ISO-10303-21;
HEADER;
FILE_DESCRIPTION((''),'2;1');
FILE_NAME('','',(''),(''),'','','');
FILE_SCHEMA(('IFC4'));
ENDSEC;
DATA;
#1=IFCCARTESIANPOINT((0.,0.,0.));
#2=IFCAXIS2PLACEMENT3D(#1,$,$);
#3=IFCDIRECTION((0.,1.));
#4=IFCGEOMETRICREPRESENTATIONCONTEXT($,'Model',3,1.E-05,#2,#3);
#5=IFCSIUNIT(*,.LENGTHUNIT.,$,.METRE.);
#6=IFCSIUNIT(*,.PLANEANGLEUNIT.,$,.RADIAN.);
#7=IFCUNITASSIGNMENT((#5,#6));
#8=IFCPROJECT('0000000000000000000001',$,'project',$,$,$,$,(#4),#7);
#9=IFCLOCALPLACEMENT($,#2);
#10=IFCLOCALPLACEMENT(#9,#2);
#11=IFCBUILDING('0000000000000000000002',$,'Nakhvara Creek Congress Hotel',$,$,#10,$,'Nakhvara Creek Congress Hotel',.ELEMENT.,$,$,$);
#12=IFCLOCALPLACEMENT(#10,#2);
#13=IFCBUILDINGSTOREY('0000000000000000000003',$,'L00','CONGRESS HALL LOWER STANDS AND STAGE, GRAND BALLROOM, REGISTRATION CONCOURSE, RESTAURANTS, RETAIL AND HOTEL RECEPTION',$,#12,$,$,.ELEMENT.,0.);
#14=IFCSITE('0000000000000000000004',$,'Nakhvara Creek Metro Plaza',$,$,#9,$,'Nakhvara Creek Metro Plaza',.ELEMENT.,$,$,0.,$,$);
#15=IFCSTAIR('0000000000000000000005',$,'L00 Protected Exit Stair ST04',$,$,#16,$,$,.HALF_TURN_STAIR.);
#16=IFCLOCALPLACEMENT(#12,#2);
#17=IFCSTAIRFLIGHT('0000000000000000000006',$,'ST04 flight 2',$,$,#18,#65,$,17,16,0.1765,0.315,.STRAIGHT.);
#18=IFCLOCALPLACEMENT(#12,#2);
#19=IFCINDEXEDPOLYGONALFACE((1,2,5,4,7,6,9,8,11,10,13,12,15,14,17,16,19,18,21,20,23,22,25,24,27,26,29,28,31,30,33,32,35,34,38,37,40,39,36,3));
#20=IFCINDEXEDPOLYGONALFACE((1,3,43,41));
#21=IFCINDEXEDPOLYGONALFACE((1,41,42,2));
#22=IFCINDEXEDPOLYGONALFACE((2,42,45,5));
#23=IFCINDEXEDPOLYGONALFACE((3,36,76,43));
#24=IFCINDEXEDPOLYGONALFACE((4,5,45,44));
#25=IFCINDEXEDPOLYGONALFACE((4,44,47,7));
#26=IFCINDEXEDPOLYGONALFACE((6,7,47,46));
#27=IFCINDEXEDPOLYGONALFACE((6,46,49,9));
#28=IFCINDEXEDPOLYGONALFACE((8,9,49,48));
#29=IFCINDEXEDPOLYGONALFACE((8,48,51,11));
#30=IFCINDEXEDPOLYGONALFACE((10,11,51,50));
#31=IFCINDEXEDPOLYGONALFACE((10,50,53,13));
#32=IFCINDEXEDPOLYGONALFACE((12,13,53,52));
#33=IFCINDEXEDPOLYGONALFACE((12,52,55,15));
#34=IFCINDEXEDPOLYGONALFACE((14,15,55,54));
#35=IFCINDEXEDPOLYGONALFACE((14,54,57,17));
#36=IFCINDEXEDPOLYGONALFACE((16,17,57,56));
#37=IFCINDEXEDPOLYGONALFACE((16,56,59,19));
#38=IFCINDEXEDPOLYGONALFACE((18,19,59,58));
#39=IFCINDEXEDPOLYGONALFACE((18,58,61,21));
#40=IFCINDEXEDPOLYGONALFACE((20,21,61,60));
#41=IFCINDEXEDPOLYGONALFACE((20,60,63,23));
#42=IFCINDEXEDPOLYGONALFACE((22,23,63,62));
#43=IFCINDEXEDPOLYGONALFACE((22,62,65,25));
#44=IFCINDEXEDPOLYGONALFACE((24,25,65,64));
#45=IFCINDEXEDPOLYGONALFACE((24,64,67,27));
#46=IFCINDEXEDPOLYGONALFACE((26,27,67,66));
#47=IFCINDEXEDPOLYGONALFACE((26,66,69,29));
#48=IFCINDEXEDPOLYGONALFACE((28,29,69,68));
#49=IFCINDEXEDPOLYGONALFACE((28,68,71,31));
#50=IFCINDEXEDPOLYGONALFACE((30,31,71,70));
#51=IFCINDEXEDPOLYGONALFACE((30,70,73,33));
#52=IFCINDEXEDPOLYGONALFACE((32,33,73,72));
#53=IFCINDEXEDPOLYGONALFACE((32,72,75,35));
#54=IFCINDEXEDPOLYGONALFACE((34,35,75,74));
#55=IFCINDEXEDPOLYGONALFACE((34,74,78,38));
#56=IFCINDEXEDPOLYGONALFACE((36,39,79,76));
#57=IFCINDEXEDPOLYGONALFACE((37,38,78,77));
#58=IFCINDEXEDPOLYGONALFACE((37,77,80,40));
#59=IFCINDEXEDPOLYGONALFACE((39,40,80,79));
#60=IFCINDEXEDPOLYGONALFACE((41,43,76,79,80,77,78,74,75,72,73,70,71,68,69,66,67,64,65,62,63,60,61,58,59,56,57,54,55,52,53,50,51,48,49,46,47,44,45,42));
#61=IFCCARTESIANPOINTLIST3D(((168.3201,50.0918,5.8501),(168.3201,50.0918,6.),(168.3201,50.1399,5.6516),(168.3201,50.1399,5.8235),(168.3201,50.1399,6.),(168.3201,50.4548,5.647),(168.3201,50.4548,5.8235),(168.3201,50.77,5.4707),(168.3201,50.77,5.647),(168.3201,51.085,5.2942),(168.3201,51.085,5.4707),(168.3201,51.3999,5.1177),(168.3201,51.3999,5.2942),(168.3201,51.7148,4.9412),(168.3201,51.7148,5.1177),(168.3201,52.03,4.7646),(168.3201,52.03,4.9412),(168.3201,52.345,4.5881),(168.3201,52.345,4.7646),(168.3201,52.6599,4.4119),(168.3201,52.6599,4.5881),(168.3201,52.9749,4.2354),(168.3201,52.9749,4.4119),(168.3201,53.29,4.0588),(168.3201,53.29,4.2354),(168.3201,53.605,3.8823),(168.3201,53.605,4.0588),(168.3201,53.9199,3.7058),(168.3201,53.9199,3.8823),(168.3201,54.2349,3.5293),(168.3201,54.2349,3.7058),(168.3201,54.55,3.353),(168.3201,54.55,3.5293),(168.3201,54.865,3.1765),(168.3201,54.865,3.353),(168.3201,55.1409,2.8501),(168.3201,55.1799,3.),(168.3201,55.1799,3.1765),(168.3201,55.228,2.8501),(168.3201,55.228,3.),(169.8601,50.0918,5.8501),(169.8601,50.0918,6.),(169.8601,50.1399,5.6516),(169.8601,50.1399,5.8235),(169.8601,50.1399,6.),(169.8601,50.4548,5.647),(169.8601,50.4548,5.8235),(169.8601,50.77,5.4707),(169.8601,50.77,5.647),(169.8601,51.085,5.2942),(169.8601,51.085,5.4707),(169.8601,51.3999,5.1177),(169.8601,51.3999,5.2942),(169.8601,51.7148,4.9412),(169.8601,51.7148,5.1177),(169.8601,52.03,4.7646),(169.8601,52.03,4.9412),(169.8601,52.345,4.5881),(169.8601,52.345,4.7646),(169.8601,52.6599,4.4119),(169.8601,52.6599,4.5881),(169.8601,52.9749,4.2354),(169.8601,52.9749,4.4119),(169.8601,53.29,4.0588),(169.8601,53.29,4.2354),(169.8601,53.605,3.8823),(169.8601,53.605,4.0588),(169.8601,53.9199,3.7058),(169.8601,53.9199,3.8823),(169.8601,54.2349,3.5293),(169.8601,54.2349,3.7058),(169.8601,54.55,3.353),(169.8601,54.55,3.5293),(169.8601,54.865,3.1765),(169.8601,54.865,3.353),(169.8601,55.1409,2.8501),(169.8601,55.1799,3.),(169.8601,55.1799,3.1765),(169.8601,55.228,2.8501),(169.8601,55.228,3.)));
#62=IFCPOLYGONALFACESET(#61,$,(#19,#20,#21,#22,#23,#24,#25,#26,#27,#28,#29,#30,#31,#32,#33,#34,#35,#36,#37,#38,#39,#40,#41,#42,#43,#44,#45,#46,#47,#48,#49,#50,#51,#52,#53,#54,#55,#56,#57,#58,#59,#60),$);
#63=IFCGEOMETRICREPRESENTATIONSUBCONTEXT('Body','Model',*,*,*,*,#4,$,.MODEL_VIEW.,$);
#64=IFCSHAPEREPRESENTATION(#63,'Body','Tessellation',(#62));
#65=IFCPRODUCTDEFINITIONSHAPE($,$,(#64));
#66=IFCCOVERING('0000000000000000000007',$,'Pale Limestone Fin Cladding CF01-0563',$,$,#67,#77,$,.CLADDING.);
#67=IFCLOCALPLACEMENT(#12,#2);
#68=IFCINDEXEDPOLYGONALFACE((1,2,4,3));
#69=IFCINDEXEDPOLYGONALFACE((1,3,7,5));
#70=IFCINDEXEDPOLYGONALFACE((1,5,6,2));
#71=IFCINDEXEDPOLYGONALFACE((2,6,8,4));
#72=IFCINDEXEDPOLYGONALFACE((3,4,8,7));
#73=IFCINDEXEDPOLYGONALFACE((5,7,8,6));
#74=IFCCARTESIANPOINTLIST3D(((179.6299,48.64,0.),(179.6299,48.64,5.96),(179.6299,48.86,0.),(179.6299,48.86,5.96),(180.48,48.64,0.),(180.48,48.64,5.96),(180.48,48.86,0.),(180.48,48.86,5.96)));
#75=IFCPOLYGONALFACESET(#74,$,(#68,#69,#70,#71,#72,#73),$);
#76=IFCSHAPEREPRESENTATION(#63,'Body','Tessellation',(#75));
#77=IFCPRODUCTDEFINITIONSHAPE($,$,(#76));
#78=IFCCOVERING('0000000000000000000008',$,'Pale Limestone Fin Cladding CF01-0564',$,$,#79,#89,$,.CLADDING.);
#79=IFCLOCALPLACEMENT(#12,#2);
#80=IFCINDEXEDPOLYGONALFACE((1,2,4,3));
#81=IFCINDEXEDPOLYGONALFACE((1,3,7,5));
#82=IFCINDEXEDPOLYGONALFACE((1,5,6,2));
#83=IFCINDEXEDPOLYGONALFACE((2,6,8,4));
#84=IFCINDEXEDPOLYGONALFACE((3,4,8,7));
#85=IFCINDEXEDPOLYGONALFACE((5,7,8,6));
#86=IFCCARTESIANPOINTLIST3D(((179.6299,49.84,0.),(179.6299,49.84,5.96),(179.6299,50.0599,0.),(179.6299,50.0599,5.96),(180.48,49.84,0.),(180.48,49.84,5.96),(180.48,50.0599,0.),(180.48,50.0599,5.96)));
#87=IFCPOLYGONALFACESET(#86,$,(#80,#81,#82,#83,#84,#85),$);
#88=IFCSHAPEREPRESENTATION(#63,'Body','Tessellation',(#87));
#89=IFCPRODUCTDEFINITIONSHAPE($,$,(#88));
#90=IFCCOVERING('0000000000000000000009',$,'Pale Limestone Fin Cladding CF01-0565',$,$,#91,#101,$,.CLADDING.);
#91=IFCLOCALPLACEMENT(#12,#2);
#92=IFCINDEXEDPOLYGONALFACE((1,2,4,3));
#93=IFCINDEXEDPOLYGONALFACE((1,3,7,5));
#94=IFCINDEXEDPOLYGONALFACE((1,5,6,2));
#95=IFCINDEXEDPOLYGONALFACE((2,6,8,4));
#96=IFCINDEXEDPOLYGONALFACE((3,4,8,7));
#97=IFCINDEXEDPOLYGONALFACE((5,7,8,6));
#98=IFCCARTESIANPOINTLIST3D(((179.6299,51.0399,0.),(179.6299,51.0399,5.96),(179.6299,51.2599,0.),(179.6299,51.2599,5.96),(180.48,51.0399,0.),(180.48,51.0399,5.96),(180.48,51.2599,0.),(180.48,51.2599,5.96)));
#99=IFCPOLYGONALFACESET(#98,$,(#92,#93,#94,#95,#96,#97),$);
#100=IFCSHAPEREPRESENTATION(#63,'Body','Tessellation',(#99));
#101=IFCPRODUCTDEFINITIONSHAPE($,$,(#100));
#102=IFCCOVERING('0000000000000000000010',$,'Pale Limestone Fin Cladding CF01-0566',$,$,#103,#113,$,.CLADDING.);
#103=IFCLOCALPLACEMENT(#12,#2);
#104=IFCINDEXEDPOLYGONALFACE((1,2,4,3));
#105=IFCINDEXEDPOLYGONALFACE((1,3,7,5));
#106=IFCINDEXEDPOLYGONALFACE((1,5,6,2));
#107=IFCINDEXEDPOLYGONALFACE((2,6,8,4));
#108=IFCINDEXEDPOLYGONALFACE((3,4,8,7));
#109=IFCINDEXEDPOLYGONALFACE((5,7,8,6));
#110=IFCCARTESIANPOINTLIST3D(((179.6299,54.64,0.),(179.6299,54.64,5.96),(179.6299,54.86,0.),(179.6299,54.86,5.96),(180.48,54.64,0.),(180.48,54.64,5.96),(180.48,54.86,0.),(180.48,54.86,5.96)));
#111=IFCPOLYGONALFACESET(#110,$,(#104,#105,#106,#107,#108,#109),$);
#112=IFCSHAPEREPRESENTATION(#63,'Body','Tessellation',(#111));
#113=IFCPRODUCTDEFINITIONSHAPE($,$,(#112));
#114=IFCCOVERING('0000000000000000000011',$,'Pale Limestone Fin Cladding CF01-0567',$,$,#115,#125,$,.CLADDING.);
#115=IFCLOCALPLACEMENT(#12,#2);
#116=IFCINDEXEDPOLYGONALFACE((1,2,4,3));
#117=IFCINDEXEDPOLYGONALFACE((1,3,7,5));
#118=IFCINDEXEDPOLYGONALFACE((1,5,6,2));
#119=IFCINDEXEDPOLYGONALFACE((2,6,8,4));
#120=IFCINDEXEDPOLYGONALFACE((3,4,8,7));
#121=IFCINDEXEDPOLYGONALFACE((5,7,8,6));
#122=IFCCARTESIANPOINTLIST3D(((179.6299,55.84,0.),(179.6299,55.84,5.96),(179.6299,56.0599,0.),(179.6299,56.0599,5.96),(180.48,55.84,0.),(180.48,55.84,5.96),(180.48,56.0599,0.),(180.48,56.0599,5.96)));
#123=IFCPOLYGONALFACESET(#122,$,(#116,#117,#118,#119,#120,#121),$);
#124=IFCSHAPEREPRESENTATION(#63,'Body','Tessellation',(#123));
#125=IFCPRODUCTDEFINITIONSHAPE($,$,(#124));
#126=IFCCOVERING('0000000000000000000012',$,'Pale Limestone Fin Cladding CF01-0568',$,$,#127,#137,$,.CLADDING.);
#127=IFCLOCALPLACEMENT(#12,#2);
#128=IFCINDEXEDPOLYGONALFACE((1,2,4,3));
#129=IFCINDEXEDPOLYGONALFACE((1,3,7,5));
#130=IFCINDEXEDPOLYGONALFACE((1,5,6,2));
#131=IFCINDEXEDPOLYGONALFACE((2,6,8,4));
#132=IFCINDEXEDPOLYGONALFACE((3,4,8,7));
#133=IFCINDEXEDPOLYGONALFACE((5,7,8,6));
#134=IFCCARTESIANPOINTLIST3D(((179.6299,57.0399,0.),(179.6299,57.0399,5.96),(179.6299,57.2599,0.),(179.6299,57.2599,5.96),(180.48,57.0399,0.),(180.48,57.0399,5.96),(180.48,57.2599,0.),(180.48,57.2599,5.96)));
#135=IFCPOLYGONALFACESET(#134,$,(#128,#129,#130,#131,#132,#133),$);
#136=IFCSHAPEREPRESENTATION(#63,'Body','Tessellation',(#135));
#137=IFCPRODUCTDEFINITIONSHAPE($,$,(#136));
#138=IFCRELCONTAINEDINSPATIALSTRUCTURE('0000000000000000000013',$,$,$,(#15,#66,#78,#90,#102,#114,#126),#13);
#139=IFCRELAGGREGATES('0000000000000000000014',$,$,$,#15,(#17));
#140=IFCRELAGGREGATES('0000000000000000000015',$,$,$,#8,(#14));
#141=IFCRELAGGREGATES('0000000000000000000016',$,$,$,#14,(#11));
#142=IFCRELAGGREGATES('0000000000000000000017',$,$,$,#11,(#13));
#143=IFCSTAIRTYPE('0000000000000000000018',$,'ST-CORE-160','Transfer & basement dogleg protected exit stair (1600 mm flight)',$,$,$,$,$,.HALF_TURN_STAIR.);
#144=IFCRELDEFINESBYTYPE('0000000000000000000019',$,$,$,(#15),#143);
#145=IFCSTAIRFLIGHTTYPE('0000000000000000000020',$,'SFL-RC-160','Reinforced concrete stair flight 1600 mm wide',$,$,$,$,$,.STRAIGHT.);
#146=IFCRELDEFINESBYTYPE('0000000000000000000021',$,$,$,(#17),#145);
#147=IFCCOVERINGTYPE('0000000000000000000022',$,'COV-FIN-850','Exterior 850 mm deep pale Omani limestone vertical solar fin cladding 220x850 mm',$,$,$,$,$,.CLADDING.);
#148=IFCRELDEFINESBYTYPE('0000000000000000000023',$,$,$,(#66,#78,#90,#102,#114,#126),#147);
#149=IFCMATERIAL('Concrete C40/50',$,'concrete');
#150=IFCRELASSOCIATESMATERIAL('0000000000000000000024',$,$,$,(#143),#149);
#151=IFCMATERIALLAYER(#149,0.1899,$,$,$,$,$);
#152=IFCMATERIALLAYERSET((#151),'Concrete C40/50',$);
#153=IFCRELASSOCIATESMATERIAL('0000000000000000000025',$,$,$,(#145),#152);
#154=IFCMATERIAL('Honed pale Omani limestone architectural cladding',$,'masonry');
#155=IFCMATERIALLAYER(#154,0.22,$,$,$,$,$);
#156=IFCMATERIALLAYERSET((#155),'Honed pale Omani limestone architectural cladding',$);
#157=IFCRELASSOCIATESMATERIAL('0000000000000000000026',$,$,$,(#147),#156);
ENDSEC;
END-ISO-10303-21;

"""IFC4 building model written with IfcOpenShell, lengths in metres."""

from ifc_helpers import new_model, si_unit, direction, frame, origin, origin_2d, place, context, subcontext, project, spatial, polyline, rectangle, outline, extrude, material, layer, layer_set, type_object, element, aggregate, save


model = new_model("IFC4")

# Units and contexts
model_context = context("Model", 3, precision=1e-05, world=origin(), true_north=direction((0.0, 1.0)))
body_context = subcontext(model_context, "Body", "Model", "MODEL_VIEW")
ifc_project = project(units=[si_unit("LENGTHUNIT", "METRE"), si_unit("PLANEANGLEUNIT", "RADIAN")], contexts=[model_context])

# Site, building, storey
site_placement = place(None, origin())
site = spatial("IfcSite", under=ifc_project, at=site_placement, Name="Nakhvara Creek Metro Plaza", LongName="Nakhvara Creek Metro Plaza", CompositionType="ELEMENT", RefElevation=0.0)
building_placement = place(site_placement, origin())
building = spatial("IfcBuilding", under=site, at=building_placement, Name="Nakhvara Creek Congress Hotel", LongName="Nakhvara Creek Congress Hotel", CompositionType="ELEMENT")
storey_placement = place(building_placement, origin())
storey = spatial("IfcBuildingStorey", under=building, at=storey_placement, Name="L00", Description="CONGRESS HALL LOWER STANDS AND STAGE, GRAND BALLROOM, REGISTRATION CONCOURSE, RESTAURANTS, RETAIL AND HOTEL RECEPTION", CompositionType="ELEMENT", Elevation=0.0)

# Shared definitions
ifc_material_1 = material(Name="Concrete C40/50", Category="concrete")

# Stair, stair flight
stair_type = type_object("IfcStairType", Name="ST-CORE-160", Description="Transfer & basement dogleg protected exit stair (1600 mm flight)", PredefinedType="HALF_TURN_STAIR", material=ifc_material_1)
stair_placement = place(storey_placement, origin())
stair = element("IfcStair", 1, at=stair_placement, inside=storey, type_object=stair_type, Name="L00 Protected Exit Stair ST04", PredefinedType="HALF_TURN_STAIR")
ifc_layer_1 = layer(ifc_material_1, 0.1899)
ifc_layer_set_1 = layer_set([ifc_layer_1], Name="Concrete C40/50")
stair_flight_type = type_object("IfcStairFlightType", Name="SFL-RC-160", Description="Reinforced concrete stair flight 1600 mm wide", PredefinedType="STRAIGHT", material=ifc_layer_set_1)
stair_flight_1_placement = place(storey_placement, frame((169.0901, 55.1799, 3.0), z_axis=(0.0, 0.0, 1.0), x_axis=(0.0, -1.0, 0.0)))
stair_flight_1 = element("IfcStairFlight", 2, at=stair_flight_1_placement, type_object=stair_flight_type, Name="ST04 flight 2", NumberOfRisers=17, NumberOfTreads=16, PredefinedType="STRAIGHT", RiserHeight=0.1765, TreadLength=0.315, context=body_context, shape_type="SweptSolid", body=[
    extrude(outline(polyline([(-0.0481, 0.0), (0.0, 0.0), (0.0, 0.1765), (0.3149, 0.1765), (0.3149, 0.353), (0.6299, 0.353), (0.6299, 0.5293), (0.9451, 0.5293), (0.9451, 0.7058), (1.26, 0.7058), (1.26, 0.8823), (1.575, 0.8823), (1.575, 1.0588), (1.8899, 1.0588), (1.8899, 1.2354), (2.2051, 1.2354), (2.2051, 1.4119), (2.52, 1.4119), (2.52, 1.5881), (2.835, 1.5881), (2.835, 1.7646), (3.1499, 1.7646), (3.1499, 1.9412), (3.4651, 1.9412), (3.4651, 2.1177), (3.78, 2.1177), (3.78, 2.2942), (4.095, 2.2942), (4.095, 2.4707), (4.4099, 2.4707), (4.4099, 2.647), (4.7251, 2.647), (4.7251, 2.8235), (5.04, 2.8235), (5.04, 3.0), (5.0881, 3.0), (5.0881, 2.8501), (5.04, 2.6516), (0.0391, -0.1499), (-0.0481, -0.1499), (-0.0481, 0.0)])), frame((0.0, 0.77, 0.0), z_axis=(0.0, -1.0, 0.0), x_axis=(1.0, 0.0, 0.0)), (0.0, 0.0, 1.0), 1.54),
])
aggregate(stair, [stair_flight_1])

# Coverings
ifc_material_2 = material(Name="Honed pale Omani limestone architectural cladding", Category="masonry")
ifc_layer_2 = layer(ifc_material_2, 0.22)
ifc_layer_set_2 = layer_set([ifc_layer_2], Name="Honed pale Omani limestone architectural cladding")
covering_type = type_object("IfcCoveringType", Name="COV-FIN-850", Description="Exterior 850 mm deep pale Omani limestone vertical solar fin cladding 220x850 mm", PredefinedType="CLADDING", material=ifc_layer_set_2)
for number, where, z_axis, x_axis, name in (
    (3, (180.0549, 48.75, 0.0), (0.0, 0.0, 1.0), (0.0, 1.0, 0.0), "Pale Limestone Fin Cladding CF01-0563"),
    (4, (180.0549, 49.95, 0.0), (0.0, 0.0, 1.0), (0.0, 1.0, 0.0), "Pale Limestone Fin Cladding CF01-0564"),
    (5, (180.0549, 51.1499, 0.0), (0.0, 0.0, 1.0), (0.0, 1.0, 0.0), "Pale Limestone Fin Cladding CF01-0565"),
    (6, (180.0549, 54.75, 0.0), (0.0, 0.0, 1.0), (0.0, 1.0, 0.0), "Pale Limestone Fin Cladding CF01-0566"),
    (7, (180.0549, 55.95, 0.0), (0.0, 0.0, 1.0), (0.0, 1.0, 0.0), "Pale Limestone Fin Cladding CF01-0567"),
    (8, (180.0549, 57.1499, 0.0), (0.0, 0.0, 1.0), (0.0, 1.0, 0.0), "Pale Limestone Fin Cladding CF01-0568"),
):
    element("IfcCovering", number, at=place(storey_placement, frame(where, z_axis=z_axis, x_axis=x_axis)), inside=storey, type_object=covering_type, Name=name, PredefinedType="CLADDING", context=body_context, shape_type="SweptSolid", body=[
        extrude(rectangle(XDim=0.22, YDim=0.8501, at=origin_2d()), origin(), (0.0, 0.0, 1.0), 5.96),
    ])

save(model, "model.ifc")
